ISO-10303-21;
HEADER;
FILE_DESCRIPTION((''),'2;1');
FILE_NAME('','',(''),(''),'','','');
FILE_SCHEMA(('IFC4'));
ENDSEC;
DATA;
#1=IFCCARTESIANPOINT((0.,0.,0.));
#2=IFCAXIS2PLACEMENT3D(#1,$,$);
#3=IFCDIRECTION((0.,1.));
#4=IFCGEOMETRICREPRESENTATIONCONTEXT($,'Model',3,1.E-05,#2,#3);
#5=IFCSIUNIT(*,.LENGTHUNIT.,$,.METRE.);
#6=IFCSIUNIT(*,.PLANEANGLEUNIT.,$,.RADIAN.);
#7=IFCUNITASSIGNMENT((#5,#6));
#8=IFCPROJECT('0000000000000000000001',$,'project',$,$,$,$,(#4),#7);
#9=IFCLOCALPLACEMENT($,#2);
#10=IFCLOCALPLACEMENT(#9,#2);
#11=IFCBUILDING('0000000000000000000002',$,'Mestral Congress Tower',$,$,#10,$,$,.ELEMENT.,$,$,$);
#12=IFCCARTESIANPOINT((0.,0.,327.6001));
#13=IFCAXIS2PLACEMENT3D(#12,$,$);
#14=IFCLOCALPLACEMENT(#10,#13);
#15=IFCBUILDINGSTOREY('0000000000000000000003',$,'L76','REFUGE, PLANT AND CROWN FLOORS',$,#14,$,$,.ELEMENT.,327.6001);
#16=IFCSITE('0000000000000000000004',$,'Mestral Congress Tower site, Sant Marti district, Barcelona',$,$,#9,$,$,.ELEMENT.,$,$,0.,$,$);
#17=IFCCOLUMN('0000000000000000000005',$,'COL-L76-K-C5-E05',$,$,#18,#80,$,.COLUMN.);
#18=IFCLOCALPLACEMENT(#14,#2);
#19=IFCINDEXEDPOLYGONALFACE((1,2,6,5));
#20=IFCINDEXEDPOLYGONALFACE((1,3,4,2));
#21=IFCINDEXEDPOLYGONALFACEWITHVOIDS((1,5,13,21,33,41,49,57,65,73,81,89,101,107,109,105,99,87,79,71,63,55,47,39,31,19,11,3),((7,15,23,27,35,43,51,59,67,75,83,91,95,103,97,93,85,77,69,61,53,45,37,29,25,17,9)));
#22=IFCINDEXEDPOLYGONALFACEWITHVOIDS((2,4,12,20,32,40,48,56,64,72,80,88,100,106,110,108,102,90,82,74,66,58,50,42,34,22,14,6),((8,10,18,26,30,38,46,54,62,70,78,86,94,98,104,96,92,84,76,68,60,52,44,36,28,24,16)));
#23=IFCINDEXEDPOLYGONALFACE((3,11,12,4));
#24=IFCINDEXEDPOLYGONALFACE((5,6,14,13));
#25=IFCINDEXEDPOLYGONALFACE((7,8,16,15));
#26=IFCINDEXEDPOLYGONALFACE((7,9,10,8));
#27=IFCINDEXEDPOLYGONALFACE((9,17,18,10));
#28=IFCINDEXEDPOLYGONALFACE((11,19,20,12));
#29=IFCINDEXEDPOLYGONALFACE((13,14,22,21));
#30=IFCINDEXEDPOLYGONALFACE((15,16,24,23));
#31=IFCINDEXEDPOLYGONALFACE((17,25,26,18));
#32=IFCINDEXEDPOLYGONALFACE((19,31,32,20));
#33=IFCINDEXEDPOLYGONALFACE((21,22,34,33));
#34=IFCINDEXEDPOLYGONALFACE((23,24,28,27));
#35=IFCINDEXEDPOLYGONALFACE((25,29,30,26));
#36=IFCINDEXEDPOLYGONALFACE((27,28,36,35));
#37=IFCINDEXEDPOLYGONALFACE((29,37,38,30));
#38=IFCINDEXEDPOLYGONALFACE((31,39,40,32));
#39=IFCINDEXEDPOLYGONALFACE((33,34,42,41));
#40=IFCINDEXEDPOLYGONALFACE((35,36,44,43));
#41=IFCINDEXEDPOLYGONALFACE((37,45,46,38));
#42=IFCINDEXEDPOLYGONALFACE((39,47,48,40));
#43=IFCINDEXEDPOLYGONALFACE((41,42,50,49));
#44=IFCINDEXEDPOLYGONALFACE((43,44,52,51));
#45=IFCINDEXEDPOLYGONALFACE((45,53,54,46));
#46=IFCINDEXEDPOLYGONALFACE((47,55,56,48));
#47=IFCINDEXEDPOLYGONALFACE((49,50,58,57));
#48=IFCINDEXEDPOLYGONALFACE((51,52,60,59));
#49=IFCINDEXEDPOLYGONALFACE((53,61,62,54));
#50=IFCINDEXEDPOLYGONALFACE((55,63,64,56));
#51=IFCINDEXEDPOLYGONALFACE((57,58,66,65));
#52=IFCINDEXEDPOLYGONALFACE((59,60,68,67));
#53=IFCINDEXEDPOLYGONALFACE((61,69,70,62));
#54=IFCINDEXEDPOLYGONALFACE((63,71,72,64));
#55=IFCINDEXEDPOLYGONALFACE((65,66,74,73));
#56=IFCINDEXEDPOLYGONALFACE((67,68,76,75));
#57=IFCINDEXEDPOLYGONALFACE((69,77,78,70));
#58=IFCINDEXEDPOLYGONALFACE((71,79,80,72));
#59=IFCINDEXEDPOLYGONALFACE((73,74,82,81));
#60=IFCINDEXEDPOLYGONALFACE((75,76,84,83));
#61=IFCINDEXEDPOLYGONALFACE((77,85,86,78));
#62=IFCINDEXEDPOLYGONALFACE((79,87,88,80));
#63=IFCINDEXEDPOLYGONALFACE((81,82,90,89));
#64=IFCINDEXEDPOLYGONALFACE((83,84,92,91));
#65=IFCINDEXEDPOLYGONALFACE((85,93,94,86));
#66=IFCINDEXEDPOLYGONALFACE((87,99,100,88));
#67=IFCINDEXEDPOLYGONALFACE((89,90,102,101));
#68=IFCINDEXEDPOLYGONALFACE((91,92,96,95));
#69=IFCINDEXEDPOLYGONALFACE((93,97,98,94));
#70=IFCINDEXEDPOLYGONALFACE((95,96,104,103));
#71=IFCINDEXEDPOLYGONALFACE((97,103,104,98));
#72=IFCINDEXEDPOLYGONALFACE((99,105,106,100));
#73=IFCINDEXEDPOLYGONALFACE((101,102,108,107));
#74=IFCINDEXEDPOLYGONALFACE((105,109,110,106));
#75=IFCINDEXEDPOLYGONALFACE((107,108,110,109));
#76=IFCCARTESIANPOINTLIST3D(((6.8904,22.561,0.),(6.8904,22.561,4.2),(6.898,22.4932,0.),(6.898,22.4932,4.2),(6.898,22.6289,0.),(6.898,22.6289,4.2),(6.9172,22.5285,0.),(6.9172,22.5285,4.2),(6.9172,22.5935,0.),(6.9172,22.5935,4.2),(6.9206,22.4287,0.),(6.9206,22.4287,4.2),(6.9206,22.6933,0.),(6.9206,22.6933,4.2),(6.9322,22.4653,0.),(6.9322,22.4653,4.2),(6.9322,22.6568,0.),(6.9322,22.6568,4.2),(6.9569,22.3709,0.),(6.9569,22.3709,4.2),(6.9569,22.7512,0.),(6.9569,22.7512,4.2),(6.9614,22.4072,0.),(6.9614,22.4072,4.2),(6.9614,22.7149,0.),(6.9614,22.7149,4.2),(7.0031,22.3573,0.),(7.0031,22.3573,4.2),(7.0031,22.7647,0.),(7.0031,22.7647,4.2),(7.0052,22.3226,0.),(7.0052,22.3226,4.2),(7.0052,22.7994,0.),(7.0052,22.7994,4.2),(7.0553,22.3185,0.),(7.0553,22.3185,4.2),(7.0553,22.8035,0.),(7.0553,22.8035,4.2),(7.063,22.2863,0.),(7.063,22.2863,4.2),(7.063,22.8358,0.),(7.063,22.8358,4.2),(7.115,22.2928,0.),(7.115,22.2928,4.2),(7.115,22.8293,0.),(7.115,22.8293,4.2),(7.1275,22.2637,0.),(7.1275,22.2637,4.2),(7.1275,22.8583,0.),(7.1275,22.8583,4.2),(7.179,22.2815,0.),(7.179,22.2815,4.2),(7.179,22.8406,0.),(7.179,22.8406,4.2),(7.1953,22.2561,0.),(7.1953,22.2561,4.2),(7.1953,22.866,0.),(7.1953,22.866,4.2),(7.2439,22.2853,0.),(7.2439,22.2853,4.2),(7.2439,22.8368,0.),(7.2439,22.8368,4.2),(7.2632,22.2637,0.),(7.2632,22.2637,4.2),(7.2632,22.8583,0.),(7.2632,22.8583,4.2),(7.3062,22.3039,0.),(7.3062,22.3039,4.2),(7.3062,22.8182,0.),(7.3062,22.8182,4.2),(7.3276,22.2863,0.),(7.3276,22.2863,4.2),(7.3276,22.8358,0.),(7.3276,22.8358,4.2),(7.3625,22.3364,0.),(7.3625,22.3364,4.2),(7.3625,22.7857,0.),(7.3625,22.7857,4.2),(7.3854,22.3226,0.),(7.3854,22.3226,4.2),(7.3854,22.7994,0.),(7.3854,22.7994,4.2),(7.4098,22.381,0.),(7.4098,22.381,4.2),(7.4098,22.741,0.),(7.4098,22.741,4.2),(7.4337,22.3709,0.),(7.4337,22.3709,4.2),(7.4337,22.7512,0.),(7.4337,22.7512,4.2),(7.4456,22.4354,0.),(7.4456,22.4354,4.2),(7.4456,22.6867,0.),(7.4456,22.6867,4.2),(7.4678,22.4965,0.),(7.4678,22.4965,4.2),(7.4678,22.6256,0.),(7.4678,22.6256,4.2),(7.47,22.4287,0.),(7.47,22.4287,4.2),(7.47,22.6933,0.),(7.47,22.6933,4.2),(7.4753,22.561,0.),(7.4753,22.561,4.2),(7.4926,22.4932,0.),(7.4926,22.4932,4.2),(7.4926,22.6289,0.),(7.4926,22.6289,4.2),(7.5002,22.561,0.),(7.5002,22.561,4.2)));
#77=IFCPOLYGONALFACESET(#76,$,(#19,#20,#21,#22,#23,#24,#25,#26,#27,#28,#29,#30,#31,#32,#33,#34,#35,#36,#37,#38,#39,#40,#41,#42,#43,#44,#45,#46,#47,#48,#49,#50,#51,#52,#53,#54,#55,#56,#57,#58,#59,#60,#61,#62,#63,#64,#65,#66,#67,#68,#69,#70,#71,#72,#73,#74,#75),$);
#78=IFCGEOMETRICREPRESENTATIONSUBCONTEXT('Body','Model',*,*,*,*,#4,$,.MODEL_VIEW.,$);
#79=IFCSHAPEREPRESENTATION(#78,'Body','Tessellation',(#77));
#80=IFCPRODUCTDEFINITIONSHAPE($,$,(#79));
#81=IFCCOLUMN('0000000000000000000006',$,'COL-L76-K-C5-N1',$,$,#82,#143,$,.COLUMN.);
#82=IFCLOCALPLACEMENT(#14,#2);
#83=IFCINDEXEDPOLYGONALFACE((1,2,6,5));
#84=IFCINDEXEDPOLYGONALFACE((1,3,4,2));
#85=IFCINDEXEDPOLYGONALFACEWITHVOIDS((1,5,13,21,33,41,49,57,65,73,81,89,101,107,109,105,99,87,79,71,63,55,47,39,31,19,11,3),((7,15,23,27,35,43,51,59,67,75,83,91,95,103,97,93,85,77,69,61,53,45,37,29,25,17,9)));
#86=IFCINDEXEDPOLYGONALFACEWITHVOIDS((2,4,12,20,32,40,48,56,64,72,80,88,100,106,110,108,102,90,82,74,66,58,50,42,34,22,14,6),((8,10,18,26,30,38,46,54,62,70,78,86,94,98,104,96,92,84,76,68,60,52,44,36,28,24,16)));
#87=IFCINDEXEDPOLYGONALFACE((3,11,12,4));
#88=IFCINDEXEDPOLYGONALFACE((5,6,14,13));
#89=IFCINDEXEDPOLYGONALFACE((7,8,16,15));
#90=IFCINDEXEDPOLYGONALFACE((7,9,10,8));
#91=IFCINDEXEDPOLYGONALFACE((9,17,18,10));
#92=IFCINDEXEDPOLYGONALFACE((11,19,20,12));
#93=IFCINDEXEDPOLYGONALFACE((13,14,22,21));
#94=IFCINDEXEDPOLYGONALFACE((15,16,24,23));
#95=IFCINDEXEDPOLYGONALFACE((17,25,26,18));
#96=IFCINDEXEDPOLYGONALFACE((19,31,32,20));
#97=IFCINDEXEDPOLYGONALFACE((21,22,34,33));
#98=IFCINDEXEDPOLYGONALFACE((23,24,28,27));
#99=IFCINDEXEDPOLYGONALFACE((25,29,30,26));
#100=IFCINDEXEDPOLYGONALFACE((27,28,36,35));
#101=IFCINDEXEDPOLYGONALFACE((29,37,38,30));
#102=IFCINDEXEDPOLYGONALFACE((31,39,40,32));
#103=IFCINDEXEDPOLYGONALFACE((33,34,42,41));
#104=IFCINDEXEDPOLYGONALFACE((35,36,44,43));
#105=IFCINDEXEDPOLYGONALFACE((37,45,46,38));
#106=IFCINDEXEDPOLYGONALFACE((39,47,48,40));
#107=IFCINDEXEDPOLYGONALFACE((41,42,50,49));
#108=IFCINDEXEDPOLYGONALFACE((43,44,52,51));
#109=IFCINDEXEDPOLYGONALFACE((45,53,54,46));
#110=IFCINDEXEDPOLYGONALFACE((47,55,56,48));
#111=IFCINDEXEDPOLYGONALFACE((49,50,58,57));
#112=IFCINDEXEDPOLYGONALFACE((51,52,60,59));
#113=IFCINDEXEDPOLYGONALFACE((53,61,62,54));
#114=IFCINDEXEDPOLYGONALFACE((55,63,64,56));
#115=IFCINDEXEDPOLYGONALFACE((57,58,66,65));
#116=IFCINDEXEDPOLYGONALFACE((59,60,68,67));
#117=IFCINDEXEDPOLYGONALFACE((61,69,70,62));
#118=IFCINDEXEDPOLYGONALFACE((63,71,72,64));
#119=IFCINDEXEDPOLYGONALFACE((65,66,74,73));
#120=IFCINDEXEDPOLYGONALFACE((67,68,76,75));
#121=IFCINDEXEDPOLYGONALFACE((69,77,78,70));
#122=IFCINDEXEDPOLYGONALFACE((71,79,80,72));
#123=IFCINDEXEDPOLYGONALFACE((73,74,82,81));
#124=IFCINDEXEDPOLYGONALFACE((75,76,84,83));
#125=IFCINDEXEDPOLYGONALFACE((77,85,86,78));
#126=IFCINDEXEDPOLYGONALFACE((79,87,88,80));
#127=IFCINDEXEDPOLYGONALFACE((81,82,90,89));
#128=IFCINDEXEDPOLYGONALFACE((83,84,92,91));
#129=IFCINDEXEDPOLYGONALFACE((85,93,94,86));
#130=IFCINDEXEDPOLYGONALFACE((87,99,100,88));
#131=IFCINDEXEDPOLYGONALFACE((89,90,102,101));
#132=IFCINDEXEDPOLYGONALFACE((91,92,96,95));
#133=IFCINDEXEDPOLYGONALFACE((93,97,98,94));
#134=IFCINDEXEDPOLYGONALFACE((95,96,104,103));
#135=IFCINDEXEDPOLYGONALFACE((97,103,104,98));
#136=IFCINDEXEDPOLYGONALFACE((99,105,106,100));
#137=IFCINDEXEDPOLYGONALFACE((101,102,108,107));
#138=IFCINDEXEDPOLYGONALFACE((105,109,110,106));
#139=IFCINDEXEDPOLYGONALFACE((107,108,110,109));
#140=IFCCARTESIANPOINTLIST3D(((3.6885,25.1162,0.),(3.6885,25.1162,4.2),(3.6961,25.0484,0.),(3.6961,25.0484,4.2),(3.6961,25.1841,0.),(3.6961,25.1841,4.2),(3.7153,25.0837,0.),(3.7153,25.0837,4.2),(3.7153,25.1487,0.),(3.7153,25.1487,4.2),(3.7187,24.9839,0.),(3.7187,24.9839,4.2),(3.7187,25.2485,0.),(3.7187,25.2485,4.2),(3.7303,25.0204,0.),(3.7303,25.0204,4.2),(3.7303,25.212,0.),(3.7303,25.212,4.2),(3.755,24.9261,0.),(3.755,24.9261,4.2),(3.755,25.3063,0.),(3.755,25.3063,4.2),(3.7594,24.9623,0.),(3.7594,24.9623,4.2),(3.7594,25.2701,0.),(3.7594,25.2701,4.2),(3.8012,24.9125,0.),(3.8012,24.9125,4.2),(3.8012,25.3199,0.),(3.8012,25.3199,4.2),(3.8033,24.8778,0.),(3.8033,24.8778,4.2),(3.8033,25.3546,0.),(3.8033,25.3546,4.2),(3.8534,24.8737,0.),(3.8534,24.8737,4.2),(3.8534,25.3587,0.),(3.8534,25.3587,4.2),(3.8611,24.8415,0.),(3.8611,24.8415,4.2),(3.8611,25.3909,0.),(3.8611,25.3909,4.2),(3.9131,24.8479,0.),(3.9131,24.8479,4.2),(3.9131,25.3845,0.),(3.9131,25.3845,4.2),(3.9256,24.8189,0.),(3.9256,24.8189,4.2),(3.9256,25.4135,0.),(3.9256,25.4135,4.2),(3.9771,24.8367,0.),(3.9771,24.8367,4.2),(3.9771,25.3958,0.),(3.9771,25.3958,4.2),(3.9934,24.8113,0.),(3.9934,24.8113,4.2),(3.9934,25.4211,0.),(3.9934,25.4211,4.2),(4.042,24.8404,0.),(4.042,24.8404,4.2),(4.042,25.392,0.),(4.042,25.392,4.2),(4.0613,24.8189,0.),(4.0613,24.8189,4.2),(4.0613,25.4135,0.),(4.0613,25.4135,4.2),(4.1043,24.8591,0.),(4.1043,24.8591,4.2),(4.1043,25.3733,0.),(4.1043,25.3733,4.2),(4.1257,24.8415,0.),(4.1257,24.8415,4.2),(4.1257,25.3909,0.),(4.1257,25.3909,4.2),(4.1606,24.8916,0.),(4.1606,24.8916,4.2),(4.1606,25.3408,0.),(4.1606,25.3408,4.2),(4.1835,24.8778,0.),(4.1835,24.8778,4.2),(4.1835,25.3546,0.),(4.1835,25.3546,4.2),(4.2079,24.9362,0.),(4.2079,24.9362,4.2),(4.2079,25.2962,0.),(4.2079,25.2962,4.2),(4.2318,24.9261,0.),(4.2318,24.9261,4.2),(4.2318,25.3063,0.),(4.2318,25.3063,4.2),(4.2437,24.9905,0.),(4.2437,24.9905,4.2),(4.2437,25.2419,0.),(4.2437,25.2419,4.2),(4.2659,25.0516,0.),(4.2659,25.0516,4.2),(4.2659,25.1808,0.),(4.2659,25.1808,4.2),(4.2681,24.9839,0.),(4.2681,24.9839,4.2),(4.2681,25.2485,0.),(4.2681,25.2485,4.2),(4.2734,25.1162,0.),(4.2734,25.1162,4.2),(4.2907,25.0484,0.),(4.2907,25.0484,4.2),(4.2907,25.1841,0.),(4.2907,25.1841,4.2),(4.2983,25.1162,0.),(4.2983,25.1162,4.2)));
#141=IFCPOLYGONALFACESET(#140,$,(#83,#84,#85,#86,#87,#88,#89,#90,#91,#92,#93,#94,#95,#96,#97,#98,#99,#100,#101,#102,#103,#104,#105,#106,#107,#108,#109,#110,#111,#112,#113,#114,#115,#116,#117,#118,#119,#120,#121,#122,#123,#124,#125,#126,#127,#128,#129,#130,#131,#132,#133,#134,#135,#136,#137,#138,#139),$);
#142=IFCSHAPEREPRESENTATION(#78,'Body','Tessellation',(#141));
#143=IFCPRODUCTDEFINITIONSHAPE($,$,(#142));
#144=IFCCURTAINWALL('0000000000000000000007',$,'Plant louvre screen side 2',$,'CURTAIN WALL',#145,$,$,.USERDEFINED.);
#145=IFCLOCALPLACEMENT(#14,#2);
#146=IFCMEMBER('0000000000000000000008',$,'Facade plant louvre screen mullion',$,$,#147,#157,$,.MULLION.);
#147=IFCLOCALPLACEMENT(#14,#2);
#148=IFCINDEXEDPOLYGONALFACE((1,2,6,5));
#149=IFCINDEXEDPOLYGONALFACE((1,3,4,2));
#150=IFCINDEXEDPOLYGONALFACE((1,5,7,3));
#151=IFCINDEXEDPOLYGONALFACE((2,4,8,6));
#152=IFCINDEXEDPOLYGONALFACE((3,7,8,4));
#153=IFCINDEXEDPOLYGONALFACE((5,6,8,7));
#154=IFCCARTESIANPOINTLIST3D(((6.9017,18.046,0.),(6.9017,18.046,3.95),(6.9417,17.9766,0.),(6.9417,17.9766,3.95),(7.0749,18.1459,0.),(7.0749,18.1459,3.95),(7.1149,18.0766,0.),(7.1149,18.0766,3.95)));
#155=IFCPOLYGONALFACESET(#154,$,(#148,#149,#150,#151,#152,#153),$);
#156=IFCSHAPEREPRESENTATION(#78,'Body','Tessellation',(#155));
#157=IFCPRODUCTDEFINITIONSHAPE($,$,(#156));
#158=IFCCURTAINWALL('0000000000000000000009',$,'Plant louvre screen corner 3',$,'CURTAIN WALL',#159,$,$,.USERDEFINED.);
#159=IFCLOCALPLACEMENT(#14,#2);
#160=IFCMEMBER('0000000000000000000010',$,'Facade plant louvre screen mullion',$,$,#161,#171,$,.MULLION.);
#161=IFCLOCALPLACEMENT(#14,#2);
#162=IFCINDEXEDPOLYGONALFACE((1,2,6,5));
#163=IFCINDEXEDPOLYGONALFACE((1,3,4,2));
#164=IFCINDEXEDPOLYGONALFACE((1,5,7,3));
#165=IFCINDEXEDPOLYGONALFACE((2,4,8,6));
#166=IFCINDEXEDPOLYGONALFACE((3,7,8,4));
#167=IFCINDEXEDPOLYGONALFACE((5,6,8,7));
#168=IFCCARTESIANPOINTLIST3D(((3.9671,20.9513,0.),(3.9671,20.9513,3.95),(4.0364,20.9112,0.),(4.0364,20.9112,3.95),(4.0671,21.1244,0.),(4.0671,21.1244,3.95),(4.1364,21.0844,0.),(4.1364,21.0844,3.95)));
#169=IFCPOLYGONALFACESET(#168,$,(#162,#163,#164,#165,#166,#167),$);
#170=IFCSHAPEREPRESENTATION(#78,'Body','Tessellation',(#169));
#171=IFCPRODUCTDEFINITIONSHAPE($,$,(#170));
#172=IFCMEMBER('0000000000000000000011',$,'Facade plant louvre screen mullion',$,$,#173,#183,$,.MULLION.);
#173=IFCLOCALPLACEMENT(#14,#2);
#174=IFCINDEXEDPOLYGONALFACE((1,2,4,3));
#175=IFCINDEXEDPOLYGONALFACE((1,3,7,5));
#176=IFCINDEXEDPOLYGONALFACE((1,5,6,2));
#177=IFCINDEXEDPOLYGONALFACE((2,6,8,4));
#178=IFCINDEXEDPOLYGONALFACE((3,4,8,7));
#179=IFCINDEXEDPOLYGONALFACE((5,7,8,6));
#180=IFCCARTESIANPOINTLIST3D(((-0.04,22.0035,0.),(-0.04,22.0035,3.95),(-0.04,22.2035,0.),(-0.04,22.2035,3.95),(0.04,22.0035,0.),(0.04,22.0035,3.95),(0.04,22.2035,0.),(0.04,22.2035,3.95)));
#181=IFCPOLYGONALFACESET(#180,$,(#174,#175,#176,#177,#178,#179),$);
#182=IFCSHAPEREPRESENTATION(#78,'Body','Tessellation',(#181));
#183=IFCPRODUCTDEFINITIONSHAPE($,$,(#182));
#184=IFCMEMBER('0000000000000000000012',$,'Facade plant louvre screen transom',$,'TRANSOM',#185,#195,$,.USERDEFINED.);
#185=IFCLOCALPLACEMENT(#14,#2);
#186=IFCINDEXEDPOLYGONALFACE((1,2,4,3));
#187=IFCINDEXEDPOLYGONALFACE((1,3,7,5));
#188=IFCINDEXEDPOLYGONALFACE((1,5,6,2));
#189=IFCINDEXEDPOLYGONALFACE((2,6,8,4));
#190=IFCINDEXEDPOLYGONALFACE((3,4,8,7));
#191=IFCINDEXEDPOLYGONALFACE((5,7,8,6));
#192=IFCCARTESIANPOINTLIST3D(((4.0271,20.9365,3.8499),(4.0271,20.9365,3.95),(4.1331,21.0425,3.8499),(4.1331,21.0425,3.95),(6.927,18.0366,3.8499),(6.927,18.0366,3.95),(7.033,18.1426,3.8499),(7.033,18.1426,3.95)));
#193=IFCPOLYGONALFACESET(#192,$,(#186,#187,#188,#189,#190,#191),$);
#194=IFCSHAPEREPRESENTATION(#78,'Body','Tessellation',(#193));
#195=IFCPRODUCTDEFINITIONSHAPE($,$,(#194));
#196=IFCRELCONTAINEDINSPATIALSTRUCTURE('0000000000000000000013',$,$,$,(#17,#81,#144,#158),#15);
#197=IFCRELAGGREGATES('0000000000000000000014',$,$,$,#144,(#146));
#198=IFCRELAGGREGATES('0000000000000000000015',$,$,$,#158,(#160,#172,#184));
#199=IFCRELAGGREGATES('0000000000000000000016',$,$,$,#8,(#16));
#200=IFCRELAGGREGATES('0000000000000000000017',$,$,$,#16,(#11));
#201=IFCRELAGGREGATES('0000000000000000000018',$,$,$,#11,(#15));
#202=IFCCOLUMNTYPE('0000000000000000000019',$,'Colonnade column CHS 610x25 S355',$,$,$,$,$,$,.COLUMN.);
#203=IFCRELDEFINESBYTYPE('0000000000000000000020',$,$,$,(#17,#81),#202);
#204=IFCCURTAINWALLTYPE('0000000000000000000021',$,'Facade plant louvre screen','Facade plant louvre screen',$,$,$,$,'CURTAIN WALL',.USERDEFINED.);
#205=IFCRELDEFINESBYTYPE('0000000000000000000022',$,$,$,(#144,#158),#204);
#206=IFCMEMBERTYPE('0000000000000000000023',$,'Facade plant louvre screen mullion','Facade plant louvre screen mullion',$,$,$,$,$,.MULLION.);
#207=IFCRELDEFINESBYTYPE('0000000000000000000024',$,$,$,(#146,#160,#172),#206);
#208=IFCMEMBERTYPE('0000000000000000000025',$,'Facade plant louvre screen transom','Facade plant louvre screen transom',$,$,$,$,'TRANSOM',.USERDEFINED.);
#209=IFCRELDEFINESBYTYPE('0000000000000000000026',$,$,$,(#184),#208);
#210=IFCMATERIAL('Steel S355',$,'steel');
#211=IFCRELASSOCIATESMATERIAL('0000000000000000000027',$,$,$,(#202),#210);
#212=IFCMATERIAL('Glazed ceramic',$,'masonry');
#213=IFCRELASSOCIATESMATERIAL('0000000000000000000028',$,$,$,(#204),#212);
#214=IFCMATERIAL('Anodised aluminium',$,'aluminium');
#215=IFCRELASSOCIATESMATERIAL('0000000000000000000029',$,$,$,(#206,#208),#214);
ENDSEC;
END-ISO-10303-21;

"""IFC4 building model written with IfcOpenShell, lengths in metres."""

from ifc_helpers import new_model, si_unit, direction, frame, origin, origin_2d, place, context, subcontext, project, spatial, rectangle, hollow_circle, extrude, material, material_profile, profile_set, type_object, element, aggregate, save


model = new_model("IFC4")

# Units and contexts
model_context = context("Model", 3, precision=1e-05, world=origin(), true_north=direction((0.0, 1.0)))
body_context = subcontext(model_context, "Body", "Model", "MODEL_VIEW")
ifc_project = project(units=[si_unit("LENGTHUNIT", "METRE"), si_unit("PLANEANGLEUNIT", "RADIAN")], contexts=[model_context])

# Site, building, storey
site_placement = place(None, origin())
site = spatial("IfcSite", under=ifc_project, at=site_placement, Name="Mestral Congress Tower site, Sant Marti district, Barcelona", CompositionType="ELEMENT", RefElevation=0.0)
building_placement = place(site_placement, origin())
building = spatial("IfcBuilding", under=site, at=building_placement, Name="Mestral Congress Tower", CompositionType="ELEMENT")
storey_placement = place(building_placement, frame((0.0, 0.0, 327.6001)))
storey = spatial("IfcBuildingStorey", under=building, at=storey_placement, Name="L76", Description="REFUGE, PLANT AND CROWN FLOORS", CompositionType="ELEMENT", Elevation=327.6001)

# Columns
ifc_material_1 = material(Name="Steel S355", Category="steel")
ifc_material_profile_1 = material_profile(ifc_material_1, hollow_circle(Radius=0.3049, WallThickness=0.0249, at=origin_2d()), Name="CHS 610x25")
ifc_profile_set_1 = profile_set([ifc_material_profile_1], Name="Steel S355")
column_type = type_object("IfcColumnType", Name="Colonnade column CHS 610x25 S355", PredefinedType="COLUMN", material=ifc_profile_set_1)
for number, where, z_axis, x_axis, name in (
    (1, (7.1953, 22.561, 0.0), (0.0, 0.0, 1.0), (1.0, 0.0, 0.0), "COL-L76-K-C5-E05"),
    (2, (3.9934, 25.1162, 0.0), (0.0, 0.0, 1.0), (1.0, 0.0, 0.0), "COL-L76-K-C5-N1"),
):
    element("IfcColumn", number, at=place(storey_placement, frame(where, z_axis=z_axis, x_axis=x_axis)), inside=storey, type_object=column_type, Name=name, PredefinedType="COLUMN", context=body_context, shape_type="SweptSolid", body=[
        extrude(hollow_circle(Radius=0.3049, WallThickness=0.0249, at=origin_2d()), origin(), (0.0, 0.0, 1.0), 4.2),
    ])

# Curtain wall, member
ifc_material_2 = material(Name="Glazed ceramic", Category="masonry")
curtain_wall_type = type_object("IfcCurtainWallType", Name="Facade plant louvre screen", Description="Facade plant louvre screen", ElementType="CURTAIN WALL", PredefinedType="USERDEFINED", material=ifc_material_2)
placement = place(storey_placement, origin())
curtain_wall_1 = element("IfcCurtainWall", 3, at=placement, inside=storey, type_object=curtain_wall_type, Name="Plant louvre screen side 2", ObjectType="CURTAIN WALL", PredefinedType="USERDEFINED")
ifc_material_3 = material(Name="Anodised aluminium", Category="aluminium")
ifc_material_profile_2 = material_profile(ifc_material_3, rectangle(XDim=0.2, YDim=0.0801, at=origin_2d()), Name="CW6 mullion 200 x 80")
ifc_profile_set_2 = profile_set([ifc_material_profile_2], Name="Anodised aluminium")
member_type_1 = type_object("IfcMemberType", Name="Facade plant louvre screen mullion", Description="Facade plant louvre screen mullion", PredefinedType="MULLION", material=ifc_profile_set_2)
member_1_placement = place(storey_placement, frame((7.0083, 18.0613, 0.0), z_axis=(0.0, 0.0, 1.0), x_axis=(0.866025, 0.500002, 0.0)))
member_1 = element("IfcMember", 4, at=member_1_placement, type_object=member_type_1, Name="Facade plant louvre screen mullion", PredefinedType="MULLION", context=body_context, shape_type="SweptSolid", body=[
    extrude(rectangle(XDim=0.2, YDim=0.0801, at=origin_2d()), origin(), (0.0, 0.0, 1.0), 3.95),
])
aggregate(curtain_wall_1, [member_1])

# Curtain wall, members
curtain_wall_2 = element("IfcCurtainWall", 5, at=placement, inside=storey, type_object=curtain_wall_type, Name="Plant louvre screen corner 3", ObjectType="CURTAIN WALL", PredefinedType="USERDEFINED")
member_2_placement = place(storey_placement, frame((4.0518, 21.0178, 0.0), z_axis=(0.0, 0.0, 1.0), x_axis=(0.5, 0.866025, 0.0)))
member_2 = element("IfcMember", 6, at=member_2_placement, type_object=member_type_1, Name="Facade plant louvre screen mullion", PredefinedType="MULLION", context=body_context, shape_type="SweptSolid", body=[
    extrude(rectangle(XDim=0.2, YDim=0.0801, at=origin_2d()), origin(), (0.0, 0.0, 1.0), 3.95),
])
member_3_placement = place(storey_placement, frame((0.0, 22.1035, 0.0), z_axis=(0.0, 0.0, 1.0), x_axis=(0.0, 1.0, 0.0)))
member_3 = element("IfcMember", 7, at=member_3_placement, type_object=member_type_1, Name="Facade plant louvre screen mullion", PredefinedType="MULLION", context=body_context, shape_type="SweptSolid", body=[
    extrude(rectangle(XDim=0.2, YDim=0.0801, at=origin_2d()), origin(), (0.0, 0.0, 1.0), 3.95),
])
ifc_material_profile_3 = material_profile(ifc_material_3, rectangle(XDim=0.1499, YDim=0.1001, at=origin_2d()), Name="CW6 transom 150 x 100")
ifc_profile_set_3 = profile_set([ifc_material_profile_3], Name="Anodised aluminium")
member_type_2 = type_object("IfcMemberType", Name="Facade plant louvre screen transom", Description="Facade plant louvre screen transom", ElementType="TRANSOM", PredefinedType="USERDEFINED", material=ifc_profile_set_3)
member_4_placement = place(storey_placement, frame((6.98, 18.0896, 3.8999), z_axis=(-0.707107, 0.707107, 0.0), x_axis=(-0.707107, -0.707107, 0.0)))
member_4 = element("IfcMember", 8, at=member_4_placement, type_object=member_type_2, Name="Facade plant louvre screen transom", ObjectType="TRANSOM", PredefinedType="USERDEFINED", context=body_context, shape_type="SweptSolid", body=[
    extrude(rectangle(XDim=0.1499, YDim=0.1001, at=origin_2d()), origin(), (0.0, 0.0, 1.0), 4.1011),
])

aggregate(curtain_wall_2, [member_2, member_3, member_4])

save(model, "model.ifc")
